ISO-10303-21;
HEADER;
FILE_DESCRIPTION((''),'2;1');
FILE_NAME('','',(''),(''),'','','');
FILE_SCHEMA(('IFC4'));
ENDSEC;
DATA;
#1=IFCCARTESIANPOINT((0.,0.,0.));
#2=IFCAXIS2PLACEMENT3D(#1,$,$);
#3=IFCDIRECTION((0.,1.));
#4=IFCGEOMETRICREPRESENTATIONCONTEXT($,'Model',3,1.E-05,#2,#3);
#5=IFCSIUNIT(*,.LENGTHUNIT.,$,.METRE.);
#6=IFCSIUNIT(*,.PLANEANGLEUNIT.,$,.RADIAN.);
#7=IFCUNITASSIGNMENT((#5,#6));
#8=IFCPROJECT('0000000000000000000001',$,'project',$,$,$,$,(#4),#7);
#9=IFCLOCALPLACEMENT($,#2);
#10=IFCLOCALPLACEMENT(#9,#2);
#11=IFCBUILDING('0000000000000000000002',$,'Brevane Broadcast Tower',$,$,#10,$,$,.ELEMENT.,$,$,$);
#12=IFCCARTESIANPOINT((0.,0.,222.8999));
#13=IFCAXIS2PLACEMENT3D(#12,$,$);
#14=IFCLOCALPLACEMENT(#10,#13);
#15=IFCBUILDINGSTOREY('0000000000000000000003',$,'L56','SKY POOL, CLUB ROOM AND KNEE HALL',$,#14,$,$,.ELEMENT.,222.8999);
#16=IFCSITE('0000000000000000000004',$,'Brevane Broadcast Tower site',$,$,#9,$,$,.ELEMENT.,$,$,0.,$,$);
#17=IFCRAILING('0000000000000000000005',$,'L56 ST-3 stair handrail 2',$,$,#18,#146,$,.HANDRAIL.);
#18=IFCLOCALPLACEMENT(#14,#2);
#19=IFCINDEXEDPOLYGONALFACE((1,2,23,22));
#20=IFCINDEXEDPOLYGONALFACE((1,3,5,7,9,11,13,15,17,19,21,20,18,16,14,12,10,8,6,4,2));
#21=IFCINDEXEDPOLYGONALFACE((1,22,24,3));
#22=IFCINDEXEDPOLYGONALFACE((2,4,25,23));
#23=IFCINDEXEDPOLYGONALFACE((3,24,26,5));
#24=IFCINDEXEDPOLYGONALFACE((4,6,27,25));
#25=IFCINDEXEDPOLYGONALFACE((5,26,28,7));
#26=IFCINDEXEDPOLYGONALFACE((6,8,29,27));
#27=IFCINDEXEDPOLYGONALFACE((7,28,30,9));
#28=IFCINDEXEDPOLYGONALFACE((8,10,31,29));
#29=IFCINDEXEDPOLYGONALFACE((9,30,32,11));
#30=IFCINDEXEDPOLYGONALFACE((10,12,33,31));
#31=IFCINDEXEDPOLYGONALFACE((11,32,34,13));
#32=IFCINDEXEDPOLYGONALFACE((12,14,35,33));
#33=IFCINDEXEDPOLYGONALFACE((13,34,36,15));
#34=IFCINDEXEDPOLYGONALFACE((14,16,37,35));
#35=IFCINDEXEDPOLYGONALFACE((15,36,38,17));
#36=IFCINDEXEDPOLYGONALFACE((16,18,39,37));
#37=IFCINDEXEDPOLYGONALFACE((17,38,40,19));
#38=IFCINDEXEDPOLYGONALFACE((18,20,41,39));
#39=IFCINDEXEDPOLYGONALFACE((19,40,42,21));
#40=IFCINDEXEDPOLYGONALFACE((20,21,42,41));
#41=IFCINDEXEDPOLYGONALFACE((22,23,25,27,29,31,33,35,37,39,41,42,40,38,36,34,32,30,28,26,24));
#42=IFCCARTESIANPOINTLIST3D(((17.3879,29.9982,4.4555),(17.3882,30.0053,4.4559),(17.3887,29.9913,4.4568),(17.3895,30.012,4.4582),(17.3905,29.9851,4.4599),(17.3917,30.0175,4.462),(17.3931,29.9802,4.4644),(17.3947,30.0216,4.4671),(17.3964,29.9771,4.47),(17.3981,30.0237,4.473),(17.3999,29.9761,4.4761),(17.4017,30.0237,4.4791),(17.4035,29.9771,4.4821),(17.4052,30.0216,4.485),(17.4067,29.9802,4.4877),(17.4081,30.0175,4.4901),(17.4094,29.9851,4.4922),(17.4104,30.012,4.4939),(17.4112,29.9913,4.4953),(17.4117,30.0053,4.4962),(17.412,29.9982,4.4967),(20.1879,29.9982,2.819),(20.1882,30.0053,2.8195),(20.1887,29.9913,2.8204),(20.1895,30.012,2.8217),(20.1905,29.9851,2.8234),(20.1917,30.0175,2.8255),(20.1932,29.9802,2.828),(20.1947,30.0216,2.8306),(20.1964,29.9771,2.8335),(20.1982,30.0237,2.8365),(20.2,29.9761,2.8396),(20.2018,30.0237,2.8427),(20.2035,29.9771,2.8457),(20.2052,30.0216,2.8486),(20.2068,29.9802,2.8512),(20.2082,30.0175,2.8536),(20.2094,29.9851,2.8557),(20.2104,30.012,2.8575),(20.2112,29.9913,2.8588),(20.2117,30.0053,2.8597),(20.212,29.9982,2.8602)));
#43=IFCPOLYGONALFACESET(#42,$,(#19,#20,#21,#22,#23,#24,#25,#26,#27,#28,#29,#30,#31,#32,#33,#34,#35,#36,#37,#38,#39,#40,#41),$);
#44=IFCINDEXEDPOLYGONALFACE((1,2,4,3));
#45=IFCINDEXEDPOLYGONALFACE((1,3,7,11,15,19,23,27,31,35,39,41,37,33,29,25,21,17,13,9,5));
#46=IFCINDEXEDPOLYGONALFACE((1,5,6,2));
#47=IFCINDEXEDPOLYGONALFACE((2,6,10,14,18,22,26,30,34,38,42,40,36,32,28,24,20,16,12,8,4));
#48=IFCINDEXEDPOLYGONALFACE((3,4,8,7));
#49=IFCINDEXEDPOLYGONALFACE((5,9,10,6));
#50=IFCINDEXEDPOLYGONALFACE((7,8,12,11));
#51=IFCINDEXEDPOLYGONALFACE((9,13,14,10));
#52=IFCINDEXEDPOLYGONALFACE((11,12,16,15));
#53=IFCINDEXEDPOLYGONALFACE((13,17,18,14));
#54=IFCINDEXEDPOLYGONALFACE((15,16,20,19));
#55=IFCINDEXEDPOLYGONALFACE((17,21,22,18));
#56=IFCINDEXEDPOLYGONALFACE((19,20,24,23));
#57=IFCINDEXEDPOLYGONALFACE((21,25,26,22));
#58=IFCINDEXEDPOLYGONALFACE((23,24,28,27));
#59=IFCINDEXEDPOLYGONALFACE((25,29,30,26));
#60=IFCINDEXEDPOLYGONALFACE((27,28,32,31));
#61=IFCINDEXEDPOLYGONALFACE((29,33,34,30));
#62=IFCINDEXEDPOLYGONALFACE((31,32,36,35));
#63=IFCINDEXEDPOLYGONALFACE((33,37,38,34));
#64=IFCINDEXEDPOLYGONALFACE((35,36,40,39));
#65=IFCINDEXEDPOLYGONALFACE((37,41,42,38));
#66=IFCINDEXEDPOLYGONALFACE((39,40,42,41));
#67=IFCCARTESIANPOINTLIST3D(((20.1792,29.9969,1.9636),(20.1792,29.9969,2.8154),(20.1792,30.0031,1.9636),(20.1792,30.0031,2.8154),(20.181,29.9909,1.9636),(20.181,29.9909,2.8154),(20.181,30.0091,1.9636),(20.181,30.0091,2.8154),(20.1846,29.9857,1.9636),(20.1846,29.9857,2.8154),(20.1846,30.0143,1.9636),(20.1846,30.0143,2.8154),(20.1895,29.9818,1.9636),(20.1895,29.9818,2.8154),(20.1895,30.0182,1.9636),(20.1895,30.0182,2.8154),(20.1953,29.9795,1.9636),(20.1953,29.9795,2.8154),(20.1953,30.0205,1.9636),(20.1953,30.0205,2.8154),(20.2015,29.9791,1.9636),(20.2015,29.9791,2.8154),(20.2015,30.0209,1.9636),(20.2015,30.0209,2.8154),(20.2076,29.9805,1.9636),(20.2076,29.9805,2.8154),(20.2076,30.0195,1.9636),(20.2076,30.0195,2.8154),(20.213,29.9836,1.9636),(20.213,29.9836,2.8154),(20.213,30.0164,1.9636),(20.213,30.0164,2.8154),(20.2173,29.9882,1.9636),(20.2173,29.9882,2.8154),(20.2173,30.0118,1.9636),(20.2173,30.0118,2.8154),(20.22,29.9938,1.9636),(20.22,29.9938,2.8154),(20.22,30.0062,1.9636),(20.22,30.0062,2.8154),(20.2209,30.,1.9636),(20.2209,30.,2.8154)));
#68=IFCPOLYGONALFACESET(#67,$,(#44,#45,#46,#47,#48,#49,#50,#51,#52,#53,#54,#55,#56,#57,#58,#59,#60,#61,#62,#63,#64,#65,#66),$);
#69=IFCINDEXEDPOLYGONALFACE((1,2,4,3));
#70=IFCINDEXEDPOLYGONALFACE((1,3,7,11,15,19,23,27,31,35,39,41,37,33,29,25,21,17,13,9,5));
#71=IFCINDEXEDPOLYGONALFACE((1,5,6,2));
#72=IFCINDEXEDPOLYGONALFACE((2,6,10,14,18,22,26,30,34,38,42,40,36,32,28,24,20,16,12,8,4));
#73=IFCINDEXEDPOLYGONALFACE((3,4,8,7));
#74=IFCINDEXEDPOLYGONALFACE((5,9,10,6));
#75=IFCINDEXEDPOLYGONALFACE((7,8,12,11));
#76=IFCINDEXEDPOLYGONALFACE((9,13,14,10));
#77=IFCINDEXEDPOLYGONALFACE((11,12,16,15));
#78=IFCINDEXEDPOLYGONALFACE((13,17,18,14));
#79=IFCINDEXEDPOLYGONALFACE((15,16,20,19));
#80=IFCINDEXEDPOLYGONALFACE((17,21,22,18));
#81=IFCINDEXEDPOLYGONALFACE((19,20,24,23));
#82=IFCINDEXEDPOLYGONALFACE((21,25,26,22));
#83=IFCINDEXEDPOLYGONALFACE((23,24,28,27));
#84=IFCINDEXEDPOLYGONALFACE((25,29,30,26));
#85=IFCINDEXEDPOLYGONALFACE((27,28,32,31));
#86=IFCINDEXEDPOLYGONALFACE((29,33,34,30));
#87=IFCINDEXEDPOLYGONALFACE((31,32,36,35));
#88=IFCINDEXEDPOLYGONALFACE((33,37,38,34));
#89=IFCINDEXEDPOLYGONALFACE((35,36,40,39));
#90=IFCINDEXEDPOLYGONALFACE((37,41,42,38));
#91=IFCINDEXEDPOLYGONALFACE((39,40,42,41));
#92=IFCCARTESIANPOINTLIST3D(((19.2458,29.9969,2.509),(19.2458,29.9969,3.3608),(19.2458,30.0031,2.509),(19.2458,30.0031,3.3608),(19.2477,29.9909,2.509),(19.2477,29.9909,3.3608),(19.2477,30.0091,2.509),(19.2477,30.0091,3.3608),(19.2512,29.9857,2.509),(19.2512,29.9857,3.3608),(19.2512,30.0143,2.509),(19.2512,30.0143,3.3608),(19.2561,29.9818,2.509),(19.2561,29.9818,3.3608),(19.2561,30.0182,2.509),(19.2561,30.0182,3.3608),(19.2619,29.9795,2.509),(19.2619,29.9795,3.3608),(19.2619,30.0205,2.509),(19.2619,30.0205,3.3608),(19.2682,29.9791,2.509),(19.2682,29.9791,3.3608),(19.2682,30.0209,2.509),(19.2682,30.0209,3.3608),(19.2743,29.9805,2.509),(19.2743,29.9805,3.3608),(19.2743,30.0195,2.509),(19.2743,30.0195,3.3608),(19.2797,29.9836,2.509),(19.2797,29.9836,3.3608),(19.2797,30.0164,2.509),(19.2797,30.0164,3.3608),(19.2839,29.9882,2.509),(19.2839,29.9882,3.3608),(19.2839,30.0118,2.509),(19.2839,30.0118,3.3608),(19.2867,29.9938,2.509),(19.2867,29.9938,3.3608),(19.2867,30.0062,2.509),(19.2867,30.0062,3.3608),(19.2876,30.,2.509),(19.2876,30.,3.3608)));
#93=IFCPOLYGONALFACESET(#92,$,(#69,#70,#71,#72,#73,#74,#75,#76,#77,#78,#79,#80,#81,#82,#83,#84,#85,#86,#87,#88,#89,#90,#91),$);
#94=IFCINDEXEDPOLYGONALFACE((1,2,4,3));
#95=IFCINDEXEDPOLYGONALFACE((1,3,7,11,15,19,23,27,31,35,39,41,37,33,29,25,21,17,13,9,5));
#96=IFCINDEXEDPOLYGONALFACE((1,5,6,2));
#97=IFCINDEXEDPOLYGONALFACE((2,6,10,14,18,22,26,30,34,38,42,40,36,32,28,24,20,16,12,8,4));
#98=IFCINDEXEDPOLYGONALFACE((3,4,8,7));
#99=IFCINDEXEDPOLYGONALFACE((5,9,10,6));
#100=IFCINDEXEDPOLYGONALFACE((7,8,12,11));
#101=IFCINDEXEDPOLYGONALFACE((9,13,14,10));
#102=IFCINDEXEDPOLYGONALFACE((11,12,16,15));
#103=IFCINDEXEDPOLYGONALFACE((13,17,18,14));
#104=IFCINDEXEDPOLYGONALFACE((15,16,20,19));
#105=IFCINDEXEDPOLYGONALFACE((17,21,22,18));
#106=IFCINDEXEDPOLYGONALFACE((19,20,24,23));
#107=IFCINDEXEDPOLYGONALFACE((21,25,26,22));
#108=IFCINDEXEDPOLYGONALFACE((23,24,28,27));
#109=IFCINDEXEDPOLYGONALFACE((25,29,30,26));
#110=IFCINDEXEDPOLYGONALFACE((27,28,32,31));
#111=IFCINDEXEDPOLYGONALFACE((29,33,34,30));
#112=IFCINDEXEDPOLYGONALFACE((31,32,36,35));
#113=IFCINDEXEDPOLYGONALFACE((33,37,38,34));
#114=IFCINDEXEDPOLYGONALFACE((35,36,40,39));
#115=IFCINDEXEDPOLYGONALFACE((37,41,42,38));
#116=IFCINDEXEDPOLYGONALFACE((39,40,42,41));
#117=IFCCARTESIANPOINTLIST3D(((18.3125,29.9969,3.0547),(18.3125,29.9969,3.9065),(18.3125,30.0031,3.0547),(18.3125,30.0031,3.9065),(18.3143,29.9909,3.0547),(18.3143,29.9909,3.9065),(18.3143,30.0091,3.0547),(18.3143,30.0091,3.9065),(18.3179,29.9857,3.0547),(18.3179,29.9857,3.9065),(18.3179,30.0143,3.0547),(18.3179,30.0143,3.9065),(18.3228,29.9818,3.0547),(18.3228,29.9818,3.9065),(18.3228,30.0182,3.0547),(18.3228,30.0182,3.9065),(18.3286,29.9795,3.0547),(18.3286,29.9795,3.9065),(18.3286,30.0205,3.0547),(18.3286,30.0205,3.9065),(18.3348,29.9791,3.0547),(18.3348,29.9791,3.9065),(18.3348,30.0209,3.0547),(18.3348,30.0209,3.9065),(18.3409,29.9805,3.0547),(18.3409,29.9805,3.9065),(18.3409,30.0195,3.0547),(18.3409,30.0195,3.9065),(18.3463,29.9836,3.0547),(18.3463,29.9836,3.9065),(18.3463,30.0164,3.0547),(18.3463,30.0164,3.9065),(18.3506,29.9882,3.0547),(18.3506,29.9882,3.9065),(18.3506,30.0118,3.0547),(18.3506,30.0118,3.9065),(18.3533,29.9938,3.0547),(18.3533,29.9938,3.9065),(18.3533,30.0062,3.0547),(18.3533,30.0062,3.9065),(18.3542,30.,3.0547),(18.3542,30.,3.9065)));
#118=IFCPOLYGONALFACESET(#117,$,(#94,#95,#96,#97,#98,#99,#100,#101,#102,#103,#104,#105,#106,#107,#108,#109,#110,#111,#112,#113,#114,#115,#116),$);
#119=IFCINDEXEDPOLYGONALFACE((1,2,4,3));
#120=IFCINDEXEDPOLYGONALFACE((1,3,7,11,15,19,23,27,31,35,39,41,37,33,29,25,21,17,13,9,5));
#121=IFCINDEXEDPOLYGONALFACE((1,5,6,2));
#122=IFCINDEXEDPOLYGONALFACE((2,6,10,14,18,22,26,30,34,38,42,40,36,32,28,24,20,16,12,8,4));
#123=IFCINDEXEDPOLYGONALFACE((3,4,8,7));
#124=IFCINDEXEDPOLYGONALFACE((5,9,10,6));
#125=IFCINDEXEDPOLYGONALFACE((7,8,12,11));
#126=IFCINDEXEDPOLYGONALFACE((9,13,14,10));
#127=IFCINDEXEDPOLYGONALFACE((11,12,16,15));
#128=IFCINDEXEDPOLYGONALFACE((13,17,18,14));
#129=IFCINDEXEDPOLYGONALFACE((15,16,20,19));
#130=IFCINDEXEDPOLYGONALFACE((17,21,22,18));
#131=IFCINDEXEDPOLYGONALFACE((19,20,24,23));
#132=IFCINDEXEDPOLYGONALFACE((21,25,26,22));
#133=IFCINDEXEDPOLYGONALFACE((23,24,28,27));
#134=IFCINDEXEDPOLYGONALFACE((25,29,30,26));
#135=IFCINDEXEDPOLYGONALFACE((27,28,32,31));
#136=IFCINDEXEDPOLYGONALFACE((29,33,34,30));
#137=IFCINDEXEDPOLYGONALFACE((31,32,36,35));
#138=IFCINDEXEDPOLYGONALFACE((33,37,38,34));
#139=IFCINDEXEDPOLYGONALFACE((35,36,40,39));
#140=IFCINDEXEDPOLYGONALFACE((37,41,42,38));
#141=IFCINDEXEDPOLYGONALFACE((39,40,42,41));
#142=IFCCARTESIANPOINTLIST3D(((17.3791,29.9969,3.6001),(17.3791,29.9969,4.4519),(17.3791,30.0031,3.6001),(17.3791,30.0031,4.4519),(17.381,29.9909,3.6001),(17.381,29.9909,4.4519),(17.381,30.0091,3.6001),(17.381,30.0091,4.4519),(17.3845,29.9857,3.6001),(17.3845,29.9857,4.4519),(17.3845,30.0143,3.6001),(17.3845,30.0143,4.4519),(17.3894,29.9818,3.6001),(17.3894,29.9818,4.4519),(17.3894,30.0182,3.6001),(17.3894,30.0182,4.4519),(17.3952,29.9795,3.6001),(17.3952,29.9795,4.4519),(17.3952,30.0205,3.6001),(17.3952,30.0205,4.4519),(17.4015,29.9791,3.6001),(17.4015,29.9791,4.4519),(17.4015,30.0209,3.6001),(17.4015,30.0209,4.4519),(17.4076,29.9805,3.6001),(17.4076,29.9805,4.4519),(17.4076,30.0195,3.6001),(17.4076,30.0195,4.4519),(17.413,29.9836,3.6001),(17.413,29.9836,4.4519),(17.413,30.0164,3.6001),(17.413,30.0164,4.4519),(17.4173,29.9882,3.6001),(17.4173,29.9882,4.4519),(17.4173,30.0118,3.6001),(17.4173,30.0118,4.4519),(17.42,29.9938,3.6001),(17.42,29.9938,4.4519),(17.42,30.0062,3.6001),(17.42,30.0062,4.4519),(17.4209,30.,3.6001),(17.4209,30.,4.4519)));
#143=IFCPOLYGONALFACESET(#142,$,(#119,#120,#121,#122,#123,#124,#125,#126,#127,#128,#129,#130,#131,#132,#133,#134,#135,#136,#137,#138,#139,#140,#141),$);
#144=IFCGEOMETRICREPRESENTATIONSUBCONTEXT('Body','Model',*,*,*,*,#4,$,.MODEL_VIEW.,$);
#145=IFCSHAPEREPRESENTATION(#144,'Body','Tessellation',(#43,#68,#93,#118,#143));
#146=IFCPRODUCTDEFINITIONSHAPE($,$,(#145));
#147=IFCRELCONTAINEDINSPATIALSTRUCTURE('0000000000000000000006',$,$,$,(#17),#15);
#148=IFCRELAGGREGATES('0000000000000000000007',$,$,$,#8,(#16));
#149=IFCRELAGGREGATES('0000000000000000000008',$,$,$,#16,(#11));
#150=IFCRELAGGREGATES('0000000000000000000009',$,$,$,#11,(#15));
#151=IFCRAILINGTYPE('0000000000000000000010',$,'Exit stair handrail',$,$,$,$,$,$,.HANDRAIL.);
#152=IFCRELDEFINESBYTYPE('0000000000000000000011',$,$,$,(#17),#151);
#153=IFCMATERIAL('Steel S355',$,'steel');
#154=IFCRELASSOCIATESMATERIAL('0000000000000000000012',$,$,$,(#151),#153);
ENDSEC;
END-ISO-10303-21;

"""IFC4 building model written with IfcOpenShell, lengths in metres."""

from ifc_helpers import new_model, si_unit, direction, frame, origin, origin_2d, place, context, subcontext, project, spatial, circle, extrude, material, type_object, element, save


model = new_model("IFC4")

# Units and contexts
model_context = context("Model", 3, precision=1e-05, world=origin(), true_north=direction((0.0, 1.0)))
body_context = subcontext(model_context, "Body", "Model", "MODEL_VIEW")
ifc_project = project(units=[si_unit("LENGTHUNIT", "METRE"), si_unit("PLANEANGLEUNIT", "RADIAN")], contexts=[model_context])

# Site, building, storey
site_placement = place(None, origin())
site = spatial("IfcSite", under=ifc_project, at=site_placement, Name="Brevane Broadcast Tower site", CompositionType="ELEMENT", RefElevation=0.0)
building_placement = place(site_placement, origin())
building = spatial("IfcBuilding", under=site, at=building_placement, Name="Brevane Broadcast Tower", CompositionType="ELEMENT")
storey_placement = place(building_placement, frame((0.0, 0.0, 222.8999)))
storey = spatial("IfcBuildingStorey", under=building, at=storey_placement, Name="L56", Description="SKY POOL, CLUB ROOM AND KNEE HALL", CompositionType="ELEMENT", Elevation=222.8999)

# Railing
ifc_material_1 = material(Name="Steel S355", Category="steel")
railing_type_1 = type_object("IfcRailingType", Name="Exit stair handrail", PredefinedType="HANDRAIL", material=ifc_material_1)
railing_1_placement = place(storey_placement, frame((20.2, 30.0, 1.9636)))
element("IfcRailing", 1, at=railing_1_placement, inside=storey, type_object=railing_type_1, Name="L56 ST-3 stair handrail 2", PredefinedType="HANDRAIL", context=body_context, shape_type="SweptSolid", body=[
    extrude(circle(Radius=0.0239, at=origin_2d()), frame((0.0, 0.0, 0.876), z_axis=(-0.863361, 0.0, 0.504587), x_axis=(0.0, -1.0, 0.0)), (0.0, 0.0, 1.0), 3.2432),
    extrude(circle(Radius=0.021, at=origin_2d()), origin(), (0.0, 0.0, 1.0), 0.8518),
    extrude(circle(Radius=0.021, at=origin_2d()), frame((-0.9333, 0.0, 0.5454)), (0.0, 0.0, 1.0), 0.8518),
    extrude(circle(Radius=0.021, at=origin_2d()), frame((-1.8667, 0.0, 1.0911)), (0.0, 0.0, 1.0), 0.8518),
    extrude(circle(Radius=0.021, at=origin_2d()), frame((-2.8, 0.0, 1.6365)), (0.0, 0.0, 1.0), 0.8518),
])

save(model, "model.ifc")
